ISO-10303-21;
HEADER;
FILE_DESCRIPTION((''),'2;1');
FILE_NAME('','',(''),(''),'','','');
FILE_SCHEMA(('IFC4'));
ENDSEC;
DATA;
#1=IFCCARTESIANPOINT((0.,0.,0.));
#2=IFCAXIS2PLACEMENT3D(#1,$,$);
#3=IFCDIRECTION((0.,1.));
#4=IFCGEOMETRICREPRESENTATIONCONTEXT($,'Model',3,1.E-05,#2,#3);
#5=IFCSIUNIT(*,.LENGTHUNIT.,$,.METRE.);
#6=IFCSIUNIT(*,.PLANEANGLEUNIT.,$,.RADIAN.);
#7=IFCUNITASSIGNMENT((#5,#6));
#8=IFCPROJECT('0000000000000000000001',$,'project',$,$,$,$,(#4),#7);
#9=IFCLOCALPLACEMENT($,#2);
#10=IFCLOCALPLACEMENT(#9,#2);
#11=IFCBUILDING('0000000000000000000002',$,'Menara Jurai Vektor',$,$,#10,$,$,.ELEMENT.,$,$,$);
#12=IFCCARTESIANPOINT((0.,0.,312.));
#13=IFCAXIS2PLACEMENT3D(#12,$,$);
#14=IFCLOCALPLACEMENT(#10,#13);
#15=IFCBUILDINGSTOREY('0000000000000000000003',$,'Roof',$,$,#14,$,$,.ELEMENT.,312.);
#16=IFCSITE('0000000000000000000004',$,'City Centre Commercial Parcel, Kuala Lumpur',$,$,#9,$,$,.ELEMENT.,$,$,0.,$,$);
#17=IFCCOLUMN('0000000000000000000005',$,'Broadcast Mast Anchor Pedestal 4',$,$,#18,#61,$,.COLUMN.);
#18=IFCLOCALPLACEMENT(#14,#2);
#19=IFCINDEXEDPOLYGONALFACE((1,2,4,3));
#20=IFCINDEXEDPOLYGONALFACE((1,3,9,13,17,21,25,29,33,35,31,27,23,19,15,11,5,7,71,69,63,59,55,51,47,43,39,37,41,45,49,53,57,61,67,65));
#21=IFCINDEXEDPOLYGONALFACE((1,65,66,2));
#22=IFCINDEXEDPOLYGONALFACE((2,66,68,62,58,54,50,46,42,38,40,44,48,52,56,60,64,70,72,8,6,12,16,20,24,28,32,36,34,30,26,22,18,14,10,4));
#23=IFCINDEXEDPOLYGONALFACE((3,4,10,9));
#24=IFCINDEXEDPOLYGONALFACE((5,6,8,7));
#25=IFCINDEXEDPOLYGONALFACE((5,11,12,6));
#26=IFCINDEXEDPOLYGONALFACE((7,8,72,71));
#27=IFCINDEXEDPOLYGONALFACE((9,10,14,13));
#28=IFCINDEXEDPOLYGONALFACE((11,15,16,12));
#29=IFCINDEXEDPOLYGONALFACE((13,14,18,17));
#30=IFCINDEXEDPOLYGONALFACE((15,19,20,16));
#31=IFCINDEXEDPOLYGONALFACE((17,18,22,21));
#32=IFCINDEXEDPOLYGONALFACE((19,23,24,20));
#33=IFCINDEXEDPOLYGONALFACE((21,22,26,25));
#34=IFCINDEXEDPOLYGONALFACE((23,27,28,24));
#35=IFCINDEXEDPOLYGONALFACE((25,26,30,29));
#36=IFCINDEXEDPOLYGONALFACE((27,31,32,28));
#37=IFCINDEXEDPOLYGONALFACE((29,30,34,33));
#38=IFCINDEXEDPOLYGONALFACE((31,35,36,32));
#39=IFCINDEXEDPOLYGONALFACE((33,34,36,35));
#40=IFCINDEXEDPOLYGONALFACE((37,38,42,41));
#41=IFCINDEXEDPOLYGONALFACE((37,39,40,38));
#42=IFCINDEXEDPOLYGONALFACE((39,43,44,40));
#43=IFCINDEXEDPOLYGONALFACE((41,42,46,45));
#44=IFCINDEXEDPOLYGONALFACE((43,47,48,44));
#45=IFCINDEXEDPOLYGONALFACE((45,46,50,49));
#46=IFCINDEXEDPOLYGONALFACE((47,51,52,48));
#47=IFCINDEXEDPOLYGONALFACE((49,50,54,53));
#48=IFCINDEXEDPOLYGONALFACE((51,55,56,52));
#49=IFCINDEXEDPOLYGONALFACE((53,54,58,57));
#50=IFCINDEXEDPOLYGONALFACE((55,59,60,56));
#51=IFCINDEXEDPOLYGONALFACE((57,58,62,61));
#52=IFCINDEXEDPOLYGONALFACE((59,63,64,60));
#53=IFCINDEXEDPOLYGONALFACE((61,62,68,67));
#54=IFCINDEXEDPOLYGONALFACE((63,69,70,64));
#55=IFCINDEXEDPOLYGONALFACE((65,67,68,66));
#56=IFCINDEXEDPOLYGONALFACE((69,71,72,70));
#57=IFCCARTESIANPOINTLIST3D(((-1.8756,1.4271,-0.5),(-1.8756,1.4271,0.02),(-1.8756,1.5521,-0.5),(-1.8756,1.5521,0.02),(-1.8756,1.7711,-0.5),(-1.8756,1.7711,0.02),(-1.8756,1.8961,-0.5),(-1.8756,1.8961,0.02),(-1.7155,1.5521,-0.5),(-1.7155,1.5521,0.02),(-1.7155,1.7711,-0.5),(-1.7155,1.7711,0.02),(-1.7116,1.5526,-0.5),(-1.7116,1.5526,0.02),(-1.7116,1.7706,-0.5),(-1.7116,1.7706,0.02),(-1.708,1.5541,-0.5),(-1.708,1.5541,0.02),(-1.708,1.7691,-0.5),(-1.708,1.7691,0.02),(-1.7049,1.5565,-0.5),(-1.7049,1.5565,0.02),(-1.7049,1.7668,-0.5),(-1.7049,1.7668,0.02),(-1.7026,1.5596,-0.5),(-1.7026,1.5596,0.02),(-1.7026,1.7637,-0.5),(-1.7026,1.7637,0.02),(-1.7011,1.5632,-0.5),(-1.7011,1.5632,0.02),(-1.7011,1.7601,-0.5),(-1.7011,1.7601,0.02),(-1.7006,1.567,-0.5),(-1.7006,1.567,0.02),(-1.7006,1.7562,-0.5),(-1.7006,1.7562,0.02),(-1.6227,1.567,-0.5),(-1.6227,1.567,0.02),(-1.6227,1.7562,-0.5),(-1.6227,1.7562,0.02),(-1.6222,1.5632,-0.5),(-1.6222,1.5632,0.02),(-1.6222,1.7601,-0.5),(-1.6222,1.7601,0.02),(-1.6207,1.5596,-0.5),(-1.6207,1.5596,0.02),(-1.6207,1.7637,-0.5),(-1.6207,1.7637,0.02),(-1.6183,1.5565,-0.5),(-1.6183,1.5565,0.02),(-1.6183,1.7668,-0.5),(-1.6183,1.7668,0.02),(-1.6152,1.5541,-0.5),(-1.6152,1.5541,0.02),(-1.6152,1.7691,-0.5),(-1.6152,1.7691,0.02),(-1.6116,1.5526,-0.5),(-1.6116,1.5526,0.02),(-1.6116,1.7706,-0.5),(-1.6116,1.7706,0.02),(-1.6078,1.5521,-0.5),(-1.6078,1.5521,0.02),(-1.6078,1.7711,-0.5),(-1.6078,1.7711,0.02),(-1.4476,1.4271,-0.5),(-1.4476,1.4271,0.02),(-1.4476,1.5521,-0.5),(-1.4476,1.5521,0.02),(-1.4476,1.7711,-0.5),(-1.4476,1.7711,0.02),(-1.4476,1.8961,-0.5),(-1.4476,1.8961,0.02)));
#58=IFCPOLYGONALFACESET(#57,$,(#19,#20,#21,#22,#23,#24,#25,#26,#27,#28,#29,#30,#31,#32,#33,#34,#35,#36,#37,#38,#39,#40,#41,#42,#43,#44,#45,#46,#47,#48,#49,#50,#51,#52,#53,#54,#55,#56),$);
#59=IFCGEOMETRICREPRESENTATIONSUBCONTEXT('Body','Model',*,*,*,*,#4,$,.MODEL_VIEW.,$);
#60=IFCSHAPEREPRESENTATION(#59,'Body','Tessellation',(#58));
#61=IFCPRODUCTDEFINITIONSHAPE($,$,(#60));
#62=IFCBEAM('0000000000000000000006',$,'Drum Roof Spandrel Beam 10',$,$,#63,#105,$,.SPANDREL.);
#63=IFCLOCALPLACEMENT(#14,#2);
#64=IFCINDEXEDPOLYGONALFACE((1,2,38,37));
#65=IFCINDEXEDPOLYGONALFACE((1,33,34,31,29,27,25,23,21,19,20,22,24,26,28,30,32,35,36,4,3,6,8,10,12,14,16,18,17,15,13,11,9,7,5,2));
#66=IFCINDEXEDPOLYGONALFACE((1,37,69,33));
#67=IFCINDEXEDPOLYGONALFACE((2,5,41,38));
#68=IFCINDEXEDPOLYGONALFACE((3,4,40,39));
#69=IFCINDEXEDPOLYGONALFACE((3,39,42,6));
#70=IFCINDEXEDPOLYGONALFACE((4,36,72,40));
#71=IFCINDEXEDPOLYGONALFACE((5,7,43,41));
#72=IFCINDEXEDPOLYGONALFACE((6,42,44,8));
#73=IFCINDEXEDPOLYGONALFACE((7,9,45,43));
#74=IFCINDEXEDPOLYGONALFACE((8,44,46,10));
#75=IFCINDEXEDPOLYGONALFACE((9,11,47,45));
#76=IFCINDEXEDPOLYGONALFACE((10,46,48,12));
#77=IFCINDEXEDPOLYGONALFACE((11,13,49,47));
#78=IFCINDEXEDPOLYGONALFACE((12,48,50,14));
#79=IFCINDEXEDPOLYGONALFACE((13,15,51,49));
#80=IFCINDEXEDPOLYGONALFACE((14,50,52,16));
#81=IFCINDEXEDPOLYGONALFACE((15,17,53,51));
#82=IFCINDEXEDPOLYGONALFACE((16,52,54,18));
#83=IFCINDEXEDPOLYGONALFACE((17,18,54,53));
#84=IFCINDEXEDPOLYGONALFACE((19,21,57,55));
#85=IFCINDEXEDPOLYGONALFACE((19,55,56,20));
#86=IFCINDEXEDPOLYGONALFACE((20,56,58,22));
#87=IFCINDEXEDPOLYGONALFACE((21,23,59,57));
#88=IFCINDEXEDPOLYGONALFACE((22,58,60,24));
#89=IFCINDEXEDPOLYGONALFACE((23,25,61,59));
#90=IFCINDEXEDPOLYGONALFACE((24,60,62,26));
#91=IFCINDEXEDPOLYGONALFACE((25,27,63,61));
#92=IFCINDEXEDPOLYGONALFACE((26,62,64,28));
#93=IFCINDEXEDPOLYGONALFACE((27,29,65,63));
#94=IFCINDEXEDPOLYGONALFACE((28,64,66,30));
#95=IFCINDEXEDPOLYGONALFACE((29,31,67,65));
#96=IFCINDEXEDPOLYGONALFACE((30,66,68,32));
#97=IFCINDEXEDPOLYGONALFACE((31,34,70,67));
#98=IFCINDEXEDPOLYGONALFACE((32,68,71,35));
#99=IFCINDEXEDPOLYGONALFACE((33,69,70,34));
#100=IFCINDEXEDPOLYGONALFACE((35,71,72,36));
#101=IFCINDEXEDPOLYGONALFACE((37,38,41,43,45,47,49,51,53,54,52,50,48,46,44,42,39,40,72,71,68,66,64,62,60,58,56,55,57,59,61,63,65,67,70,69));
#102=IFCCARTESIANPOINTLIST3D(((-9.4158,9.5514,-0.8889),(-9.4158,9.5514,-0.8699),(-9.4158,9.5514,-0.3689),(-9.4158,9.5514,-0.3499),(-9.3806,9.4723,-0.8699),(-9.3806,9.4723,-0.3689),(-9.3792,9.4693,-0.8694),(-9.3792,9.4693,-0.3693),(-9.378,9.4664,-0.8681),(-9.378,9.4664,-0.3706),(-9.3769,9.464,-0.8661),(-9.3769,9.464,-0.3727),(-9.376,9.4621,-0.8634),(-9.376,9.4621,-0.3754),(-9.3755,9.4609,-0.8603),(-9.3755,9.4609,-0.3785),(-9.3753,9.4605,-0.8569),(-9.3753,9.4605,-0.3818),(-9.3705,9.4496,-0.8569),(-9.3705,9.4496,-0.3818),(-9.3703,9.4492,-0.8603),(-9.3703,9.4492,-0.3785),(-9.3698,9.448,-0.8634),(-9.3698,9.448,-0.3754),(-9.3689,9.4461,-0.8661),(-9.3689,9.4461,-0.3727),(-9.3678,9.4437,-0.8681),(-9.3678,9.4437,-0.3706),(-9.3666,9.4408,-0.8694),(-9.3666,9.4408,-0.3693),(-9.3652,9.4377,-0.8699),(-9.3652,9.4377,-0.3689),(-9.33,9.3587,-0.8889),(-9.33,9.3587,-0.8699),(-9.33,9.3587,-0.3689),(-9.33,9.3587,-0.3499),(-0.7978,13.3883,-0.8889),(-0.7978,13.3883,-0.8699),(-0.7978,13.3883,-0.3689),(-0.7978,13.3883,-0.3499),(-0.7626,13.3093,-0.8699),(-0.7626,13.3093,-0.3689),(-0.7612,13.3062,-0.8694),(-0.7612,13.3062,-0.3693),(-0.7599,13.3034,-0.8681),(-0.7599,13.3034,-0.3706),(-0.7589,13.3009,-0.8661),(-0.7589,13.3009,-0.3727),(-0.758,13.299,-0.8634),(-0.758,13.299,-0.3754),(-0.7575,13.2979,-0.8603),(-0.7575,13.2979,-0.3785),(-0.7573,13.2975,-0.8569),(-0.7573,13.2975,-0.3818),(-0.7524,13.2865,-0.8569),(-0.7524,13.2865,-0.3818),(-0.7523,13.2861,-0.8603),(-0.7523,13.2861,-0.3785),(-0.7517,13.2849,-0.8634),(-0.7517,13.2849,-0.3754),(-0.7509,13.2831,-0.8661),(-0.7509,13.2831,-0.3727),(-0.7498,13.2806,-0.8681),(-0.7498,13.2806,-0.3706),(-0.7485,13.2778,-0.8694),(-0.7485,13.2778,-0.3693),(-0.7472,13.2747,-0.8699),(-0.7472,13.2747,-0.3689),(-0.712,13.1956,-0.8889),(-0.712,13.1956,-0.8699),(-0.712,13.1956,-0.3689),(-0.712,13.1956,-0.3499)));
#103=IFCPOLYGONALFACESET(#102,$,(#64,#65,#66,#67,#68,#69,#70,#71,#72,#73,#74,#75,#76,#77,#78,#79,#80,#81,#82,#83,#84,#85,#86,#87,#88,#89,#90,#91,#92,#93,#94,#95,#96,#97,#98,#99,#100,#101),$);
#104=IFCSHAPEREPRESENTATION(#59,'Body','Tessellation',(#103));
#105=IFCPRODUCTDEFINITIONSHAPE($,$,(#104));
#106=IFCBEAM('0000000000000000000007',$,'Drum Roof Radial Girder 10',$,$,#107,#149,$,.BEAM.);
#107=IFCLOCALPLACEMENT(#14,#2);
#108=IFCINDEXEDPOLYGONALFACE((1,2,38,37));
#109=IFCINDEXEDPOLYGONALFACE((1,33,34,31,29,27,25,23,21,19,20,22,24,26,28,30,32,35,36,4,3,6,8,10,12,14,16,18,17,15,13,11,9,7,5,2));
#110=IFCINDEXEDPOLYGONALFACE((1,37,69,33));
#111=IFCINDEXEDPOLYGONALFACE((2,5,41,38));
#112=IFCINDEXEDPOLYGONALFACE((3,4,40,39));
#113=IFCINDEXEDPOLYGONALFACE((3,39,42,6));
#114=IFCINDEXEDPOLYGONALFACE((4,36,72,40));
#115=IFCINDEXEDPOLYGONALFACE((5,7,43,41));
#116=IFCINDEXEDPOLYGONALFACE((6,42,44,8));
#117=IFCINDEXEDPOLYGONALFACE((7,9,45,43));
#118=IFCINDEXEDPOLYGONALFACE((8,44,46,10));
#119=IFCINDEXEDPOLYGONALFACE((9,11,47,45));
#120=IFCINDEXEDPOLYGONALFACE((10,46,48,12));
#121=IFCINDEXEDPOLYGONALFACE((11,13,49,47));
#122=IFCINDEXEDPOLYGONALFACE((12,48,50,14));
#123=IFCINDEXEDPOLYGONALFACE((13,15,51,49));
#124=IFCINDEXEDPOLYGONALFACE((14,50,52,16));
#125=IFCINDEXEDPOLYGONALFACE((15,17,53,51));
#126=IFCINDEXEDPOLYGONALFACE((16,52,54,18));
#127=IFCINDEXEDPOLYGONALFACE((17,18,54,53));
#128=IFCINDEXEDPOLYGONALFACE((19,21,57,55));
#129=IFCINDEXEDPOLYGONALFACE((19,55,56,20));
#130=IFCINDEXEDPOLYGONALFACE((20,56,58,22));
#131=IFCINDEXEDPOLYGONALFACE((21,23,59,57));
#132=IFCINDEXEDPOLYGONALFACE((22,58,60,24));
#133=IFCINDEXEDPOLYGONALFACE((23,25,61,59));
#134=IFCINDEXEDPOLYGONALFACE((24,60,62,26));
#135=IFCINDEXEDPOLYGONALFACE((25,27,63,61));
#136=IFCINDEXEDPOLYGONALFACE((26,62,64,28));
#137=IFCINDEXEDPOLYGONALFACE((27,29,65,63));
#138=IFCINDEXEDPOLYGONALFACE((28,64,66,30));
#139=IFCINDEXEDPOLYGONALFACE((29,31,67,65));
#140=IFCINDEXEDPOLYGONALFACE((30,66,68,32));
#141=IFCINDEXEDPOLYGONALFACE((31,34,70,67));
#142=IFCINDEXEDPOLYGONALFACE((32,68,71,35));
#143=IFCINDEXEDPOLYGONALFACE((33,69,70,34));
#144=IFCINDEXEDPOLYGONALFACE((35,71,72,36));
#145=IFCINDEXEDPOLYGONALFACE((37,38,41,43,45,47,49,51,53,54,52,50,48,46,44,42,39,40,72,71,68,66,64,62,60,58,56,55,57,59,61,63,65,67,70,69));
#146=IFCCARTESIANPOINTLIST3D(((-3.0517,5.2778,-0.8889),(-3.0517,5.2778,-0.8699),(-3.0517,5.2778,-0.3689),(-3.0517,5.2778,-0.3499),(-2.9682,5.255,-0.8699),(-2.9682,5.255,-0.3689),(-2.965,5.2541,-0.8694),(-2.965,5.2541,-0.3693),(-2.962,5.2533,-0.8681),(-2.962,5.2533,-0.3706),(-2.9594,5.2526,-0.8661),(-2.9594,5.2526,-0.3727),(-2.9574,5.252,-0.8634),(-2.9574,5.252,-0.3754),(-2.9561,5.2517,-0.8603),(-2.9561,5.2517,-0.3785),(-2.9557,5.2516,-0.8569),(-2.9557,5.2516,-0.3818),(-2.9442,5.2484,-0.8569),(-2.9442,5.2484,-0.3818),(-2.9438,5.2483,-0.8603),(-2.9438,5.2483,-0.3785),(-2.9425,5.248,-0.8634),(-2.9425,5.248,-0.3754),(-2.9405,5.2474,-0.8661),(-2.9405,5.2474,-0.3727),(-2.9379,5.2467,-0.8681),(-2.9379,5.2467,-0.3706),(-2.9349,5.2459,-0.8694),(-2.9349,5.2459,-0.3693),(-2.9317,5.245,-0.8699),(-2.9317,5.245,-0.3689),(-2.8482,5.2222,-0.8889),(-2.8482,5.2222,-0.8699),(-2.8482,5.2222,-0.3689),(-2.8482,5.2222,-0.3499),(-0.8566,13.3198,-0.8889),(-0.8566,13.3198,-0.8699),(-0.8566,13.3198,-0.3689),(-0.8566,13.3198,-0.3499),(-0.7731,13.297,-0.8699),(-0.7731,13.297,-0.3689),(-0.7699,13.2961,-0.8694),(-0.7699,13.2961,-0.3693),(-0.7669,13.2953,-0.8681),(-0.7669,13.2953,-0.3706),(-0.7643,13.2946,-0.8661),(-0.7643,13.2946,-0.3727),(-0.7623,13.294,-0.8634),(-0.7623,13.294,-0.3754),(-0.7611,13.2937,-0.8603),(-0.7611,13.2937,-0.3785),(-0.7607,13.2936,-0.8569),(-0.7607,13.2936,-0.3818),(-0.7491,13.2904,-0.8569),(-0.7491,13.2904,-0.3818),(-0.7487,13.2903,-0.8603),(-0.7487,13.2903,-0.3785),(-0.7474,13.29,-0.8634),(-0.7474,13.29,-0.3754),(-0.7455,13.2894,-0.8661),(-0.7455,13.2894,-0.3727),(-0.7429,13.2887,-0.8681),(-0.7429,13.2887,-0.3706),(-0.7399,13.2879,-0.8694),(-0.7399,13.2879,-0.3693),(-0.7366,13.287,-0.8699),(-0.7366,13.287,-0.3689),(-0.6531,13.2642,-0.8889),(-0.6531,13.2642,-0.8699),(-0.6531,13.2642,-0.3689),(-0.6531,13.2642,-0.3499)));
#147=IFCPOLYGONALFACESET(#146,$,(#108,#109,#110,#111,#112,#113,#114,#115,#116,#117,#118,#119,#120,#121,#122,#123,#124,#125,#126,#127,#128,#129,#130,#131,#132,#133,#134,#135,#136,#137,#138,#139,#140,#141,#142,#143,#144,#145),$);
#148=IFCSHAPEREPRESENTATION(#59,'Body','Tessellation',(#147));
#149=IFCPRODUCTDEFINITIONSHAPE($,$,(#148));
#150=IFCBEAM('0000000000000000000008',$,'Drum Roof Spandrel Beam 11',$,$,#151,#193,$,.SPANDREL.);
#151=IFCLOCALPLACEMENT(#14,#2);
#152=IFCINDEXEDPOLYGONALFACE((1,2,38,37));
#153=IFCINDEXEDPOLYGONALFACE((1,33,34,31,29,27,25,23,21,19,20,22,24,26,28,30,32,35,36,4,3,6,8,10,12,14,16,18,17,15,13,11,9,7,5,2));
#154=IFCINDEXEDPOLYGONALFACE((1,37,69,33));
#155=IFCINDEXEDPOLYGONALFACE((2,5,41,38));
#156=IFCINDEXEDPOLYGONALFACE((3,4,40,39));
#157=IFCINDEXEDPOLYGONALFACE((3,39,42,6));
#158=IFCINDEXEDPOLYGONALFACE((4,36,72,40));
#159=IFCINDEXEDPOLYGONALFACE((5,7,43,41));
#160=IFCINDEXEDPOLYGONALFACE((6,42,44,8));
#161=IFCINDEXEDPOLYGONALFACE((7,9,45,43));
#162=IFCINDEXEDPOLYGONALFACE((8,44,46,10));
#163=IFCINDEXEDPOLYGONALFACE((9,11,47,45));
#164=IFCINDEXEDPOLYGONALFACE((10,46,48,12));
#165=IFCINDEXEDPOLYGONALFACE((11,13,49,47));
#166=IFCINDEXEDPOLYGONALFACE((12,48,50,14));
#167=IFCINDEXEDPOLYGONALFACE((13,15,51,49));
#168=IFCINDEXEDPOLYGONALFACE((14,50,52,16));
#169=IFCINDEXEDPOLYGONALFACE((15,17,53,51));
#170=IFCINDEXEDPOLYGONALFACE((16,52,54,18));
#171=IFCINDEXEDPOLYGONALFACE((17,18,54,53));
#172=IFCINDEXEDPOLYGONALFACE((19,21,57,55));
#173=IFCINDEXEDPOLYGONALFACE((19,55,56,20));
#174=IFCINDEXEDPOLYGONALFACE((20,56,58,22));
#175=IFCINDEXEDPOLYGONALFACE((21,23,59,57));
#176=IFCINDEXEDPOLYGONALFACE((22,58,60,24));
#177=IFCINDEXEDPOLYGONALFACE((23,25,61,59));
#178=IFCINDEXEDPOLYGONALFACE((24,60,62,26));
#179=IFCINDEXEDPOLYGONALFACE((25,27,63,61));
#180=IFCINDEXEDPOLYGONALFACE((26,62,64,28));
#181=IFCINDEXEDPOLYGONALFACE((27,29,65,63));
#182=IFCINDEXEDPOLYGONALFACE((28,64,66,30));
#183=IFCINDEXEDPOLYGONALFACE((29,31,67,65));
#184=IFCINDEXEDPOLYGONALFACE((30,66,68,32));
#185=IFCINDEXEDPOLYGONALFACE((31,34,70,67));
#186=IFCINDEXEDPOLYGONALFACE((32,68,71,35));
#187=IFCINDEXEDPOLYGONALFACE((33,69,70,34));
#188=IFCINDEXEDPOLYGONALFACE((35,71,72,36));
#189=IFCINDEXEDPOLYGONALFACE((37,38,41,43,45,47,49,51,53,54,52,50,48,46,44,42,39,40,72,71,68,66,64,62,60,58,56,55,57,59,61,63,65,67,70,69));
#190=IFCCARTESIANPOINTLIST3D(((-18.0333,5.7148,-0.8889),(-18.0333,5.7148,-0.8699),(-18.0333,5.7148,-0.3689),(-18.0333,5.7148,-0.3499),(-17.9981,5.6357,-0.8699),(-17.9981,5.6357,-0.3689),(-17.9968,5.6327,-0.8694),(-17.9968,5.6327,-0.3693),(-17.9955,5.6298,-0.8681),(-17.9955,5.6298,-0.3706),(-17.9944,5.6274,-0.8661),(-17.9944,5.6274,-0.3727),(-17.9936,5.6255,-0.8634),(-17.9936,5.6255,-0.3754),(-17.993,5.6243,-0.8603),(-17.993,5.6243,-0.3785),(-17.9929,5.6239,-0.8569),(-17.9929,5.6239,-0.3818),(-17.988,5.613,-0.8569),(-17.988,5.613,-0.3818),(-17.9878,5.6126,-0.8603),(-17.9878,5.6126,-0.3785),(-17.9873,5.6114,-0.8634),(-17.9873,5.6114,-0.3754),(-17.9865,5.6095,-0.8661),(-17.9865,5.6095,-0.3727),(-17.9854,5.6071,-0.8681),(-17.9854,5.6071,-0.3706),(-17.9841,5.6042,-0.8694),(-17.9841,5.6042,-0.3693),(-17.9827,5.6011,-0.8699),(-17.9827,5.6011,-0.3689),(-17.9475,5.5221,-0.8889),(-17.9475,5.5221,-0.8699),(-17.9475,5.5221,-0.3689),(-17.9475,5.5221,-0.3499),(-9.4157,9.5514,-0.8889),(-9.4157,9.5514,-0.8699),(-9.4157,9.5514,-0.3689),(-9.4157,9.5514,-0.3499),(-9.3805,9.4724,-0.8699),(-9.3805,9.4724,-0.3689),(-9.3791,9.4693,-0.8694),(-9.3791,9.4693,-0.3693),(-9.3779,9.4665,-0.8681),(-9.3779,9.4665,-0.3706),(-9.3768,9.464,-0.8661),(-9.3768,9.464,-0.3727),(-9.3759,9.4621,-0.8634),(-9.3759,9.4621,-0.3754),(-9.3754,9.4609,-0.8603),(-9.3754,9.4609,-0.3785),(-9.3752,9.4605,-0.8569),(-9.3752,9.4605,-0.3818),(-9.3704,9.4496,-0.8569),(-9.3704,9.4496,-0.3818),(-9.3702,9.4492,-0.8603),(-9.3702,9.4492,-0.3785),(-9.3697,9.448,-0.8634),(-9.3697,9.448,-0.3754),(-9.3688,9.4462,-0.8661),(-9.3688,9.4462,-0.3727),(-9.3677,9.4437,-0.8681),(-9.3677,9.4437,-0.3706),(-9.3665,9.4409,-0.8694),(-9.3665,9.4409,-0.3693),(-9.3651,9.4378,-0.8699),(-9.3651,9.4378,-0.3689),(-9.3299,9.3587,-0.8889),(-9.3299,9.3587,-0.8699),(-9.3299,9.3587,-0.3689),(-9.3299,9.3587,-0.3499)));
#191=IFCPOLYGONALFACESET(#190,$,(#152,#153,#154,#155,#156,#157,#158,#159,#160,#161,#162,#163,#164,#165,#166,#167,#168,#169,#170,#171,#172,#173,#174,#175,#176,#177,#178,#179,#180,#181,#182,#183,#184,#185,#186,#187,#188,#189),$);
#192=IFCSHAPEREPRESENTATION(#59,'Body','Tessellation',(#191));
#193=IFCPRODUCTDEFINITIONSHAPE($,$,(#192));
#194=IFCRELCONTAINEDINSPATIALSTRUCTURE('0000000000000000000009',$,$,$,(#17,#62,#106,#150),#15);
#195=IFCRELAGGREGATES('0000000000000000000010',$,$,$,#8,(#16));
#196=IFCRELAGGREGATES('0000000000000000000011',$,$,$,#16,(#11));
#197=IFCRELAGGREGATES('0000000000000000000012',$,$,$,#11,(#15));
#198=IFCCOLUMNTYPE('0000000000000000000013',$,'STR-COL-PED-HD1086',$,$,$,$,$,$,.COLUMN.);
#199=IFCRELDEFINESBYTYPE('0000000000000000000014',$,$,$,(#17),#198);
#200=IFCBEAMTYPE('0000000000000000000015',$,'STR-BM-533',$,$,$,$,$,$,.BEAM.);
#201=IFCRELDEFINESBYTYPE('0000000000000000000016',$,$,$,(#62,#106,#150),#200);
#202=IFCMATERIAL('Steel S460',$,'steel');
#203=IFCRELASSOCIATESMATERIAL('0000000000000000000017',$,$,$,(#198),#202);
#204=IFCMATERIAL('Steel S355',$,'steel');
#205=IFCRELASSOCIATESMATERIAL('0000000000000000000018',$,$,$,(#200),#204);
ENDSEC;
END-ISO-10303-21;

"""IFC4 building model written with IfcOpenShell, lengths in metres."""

from ifc_helpers import new_model, si_unit, direction, frame, origin, origin_2d, place, context, subcontext, project, spatial, i_section, extrude, material, material_profile, profile_set, type_object, element, save


model = new_model("IFC4")

# Units and contexts
model_context = context("Model", 3, precision=1e-05, world=origin(), true_north=direction((0.0, 1.0)))
body_context = subcontext(model_context, "Body", "Model", "MODEL_VIEW")
ifc_project = project(units=[si_unit("LENGTHUNIT", "METRE"), si_unit("PLANEANGLEUNIT", "RADIAN")], contexts=[model_context])

# Site, building, storey
site_placement = place(None, origin())
site = spatial("IfcSite", under=ifc_project, at=site_placement, Name="City Centre Commercial Parcel, Kuala Lumpur", CompositionType="ELEMENT", RefElevation=0.0)
building_placement = place(site_placement, origin())
building = spatial("IfcBuilding", under=site, at=building_placement, Name="Menara Jurai Vektor", CompositionType="ELEMENT")
storey_placement = place(building_placement, frame((0.0, 0.0, 312.0)))
storey = spatial("IfcBuildingStorey", under=building, at=storey_placement, Name="Roof", CompositionType="ELEMENT", Elevation=312.0)

# Column
ifc_material_1 = material(Name="Steel S460", Category="steel")
ifc_material_profile_1 = material_profile(ifc_material_1, i_section(OverallWidth=0.428, OverallDepth=0.469, WebThickness=0.0779, FlangeThickness=0.125, FilletRadius=0.0149, at=origin_2d()), Name="HD 400x1086")
ifc_profile_set_1 = profile_set([ifc_material_profile_1], Name="Steel S460")
column_type = type_object("IfcColumnType", Name="STR-COL-PED-HD1086", PredefinedType="COLUMN", material=ifc_profile_set_1)
column_placement = place(storey_placement, frame((-1.6616, 1.6616, -0.5), z_axis=(0.0, 0.0, 1.0), x_axis=(1.0, 0.0, 0.0)))
element("IfcColumn", 1, at=column_placement, inside=storey, type_object=column_type, Name="Broadcast Mast Anchor Pedestal 4", PredefinedType="COLUMN", context=body_context, shape_type="SweptSolid", body=[
    extrude(i_section(OverallWidth=0.428, OverallDepth=0.469, WebThickness=0.0779, FlangeThickness=0.125, FilletRadius=0.0149, at=origin_2d()), origin(), (0.0, 0.0, 1.0), 0.52),
])

# Beams
ifc_material_2 = material(Name="Steel S355", Category="steel")
ifc_material_profile_2 = material_profile(ifc_material_2, i_section(OverallWidth=0.2109, OverallDepth=0.5391, WebThickness=0.012, FlangeThickness=0.019, FilletRadius=0.0129, at=origin_2d()), Name="UKB 533x210x109")
ifc_profile_set_2 = profile_set([ifc_material_profile_2], Name="Steel S355")
beam_type_1 = type_object("IfcBeamType", Name="STR-BM-533", PredefinedType="BEAM", material=ifc_profile_set_2)
beam_1_placement = place(storey_placement, frame((-0.7549, 13.292, -0.6194), z_axis=(-0.913547, -0.406734, 0.0), x_axis=(0.406734, -0.913547, 0.0)))
element("IfcBeam", 2, at=beam_1_placement, inside=storey, type_object=beam_type_1, Name="Drum Roof Spandrel Beam 10", PredefinedType="SPANDREL", context=body_context, shape_type="SweptSolid", body=[
    extrude(i_section(OverallWidth=0.2109, OverallDepth=0.5391, WebThickness=0.012, FlangeThickness=0.019, FilletRadius=0.0129, at=origin_2d()), origin(), (0.0, 0.0, 1.0), 9.4336),
])
beam_2_placement = place(storey_placement, frame((-0.7549, 13.292, -0.6194), z_axis=(-0.263318, -0.964709, 0.0), x_axis=(0.964709, -0.263318, 0.0)))
element("IfcBeam", 3, at=beam_2_placement, inside=storey, type_object=beam_type_1, Name="Drum Roof Radial Girder 10", PredefinedType="BEAM", context=body_context, shape_type="SweptSolid", body=[
    extrude(i_section(OverallWidth=0.2109, OverallDepth=0.5391, WebThickness=0.012, FlangeThickness=0.019, FilletRadius=0.0129, at=origin_2d()), origin(), (0.0, 0.0, 1.0), 8.3362),
])
beam_3_placement = place(storey_placement, frame((-9.3728, 9.4551, -0.6194), z_axis=(-0.913552, -0.406722, 0.0), x_axis=(0.406722, -0.913552, 0.0)))
element("IfcBeam", 4, at=beam_3_placement, inside=storey, type_object=beam_type_1, Name="Drum Roof Spandrel Beam 11", PredefinedType="SPANDREL", context=body_context, shape_type="SweptSolid", body=[
    extrude(i_section(OverallWidth=0.2109, OverallDepth=0.5391, WebThickness=0.012, FlangeThickness=0.019, FilletRadius=0.0129, at=origin_2d()), origin(), (0.0, 0.0, 1.0), 9.4331),
])

save(model, "model.ifc")
